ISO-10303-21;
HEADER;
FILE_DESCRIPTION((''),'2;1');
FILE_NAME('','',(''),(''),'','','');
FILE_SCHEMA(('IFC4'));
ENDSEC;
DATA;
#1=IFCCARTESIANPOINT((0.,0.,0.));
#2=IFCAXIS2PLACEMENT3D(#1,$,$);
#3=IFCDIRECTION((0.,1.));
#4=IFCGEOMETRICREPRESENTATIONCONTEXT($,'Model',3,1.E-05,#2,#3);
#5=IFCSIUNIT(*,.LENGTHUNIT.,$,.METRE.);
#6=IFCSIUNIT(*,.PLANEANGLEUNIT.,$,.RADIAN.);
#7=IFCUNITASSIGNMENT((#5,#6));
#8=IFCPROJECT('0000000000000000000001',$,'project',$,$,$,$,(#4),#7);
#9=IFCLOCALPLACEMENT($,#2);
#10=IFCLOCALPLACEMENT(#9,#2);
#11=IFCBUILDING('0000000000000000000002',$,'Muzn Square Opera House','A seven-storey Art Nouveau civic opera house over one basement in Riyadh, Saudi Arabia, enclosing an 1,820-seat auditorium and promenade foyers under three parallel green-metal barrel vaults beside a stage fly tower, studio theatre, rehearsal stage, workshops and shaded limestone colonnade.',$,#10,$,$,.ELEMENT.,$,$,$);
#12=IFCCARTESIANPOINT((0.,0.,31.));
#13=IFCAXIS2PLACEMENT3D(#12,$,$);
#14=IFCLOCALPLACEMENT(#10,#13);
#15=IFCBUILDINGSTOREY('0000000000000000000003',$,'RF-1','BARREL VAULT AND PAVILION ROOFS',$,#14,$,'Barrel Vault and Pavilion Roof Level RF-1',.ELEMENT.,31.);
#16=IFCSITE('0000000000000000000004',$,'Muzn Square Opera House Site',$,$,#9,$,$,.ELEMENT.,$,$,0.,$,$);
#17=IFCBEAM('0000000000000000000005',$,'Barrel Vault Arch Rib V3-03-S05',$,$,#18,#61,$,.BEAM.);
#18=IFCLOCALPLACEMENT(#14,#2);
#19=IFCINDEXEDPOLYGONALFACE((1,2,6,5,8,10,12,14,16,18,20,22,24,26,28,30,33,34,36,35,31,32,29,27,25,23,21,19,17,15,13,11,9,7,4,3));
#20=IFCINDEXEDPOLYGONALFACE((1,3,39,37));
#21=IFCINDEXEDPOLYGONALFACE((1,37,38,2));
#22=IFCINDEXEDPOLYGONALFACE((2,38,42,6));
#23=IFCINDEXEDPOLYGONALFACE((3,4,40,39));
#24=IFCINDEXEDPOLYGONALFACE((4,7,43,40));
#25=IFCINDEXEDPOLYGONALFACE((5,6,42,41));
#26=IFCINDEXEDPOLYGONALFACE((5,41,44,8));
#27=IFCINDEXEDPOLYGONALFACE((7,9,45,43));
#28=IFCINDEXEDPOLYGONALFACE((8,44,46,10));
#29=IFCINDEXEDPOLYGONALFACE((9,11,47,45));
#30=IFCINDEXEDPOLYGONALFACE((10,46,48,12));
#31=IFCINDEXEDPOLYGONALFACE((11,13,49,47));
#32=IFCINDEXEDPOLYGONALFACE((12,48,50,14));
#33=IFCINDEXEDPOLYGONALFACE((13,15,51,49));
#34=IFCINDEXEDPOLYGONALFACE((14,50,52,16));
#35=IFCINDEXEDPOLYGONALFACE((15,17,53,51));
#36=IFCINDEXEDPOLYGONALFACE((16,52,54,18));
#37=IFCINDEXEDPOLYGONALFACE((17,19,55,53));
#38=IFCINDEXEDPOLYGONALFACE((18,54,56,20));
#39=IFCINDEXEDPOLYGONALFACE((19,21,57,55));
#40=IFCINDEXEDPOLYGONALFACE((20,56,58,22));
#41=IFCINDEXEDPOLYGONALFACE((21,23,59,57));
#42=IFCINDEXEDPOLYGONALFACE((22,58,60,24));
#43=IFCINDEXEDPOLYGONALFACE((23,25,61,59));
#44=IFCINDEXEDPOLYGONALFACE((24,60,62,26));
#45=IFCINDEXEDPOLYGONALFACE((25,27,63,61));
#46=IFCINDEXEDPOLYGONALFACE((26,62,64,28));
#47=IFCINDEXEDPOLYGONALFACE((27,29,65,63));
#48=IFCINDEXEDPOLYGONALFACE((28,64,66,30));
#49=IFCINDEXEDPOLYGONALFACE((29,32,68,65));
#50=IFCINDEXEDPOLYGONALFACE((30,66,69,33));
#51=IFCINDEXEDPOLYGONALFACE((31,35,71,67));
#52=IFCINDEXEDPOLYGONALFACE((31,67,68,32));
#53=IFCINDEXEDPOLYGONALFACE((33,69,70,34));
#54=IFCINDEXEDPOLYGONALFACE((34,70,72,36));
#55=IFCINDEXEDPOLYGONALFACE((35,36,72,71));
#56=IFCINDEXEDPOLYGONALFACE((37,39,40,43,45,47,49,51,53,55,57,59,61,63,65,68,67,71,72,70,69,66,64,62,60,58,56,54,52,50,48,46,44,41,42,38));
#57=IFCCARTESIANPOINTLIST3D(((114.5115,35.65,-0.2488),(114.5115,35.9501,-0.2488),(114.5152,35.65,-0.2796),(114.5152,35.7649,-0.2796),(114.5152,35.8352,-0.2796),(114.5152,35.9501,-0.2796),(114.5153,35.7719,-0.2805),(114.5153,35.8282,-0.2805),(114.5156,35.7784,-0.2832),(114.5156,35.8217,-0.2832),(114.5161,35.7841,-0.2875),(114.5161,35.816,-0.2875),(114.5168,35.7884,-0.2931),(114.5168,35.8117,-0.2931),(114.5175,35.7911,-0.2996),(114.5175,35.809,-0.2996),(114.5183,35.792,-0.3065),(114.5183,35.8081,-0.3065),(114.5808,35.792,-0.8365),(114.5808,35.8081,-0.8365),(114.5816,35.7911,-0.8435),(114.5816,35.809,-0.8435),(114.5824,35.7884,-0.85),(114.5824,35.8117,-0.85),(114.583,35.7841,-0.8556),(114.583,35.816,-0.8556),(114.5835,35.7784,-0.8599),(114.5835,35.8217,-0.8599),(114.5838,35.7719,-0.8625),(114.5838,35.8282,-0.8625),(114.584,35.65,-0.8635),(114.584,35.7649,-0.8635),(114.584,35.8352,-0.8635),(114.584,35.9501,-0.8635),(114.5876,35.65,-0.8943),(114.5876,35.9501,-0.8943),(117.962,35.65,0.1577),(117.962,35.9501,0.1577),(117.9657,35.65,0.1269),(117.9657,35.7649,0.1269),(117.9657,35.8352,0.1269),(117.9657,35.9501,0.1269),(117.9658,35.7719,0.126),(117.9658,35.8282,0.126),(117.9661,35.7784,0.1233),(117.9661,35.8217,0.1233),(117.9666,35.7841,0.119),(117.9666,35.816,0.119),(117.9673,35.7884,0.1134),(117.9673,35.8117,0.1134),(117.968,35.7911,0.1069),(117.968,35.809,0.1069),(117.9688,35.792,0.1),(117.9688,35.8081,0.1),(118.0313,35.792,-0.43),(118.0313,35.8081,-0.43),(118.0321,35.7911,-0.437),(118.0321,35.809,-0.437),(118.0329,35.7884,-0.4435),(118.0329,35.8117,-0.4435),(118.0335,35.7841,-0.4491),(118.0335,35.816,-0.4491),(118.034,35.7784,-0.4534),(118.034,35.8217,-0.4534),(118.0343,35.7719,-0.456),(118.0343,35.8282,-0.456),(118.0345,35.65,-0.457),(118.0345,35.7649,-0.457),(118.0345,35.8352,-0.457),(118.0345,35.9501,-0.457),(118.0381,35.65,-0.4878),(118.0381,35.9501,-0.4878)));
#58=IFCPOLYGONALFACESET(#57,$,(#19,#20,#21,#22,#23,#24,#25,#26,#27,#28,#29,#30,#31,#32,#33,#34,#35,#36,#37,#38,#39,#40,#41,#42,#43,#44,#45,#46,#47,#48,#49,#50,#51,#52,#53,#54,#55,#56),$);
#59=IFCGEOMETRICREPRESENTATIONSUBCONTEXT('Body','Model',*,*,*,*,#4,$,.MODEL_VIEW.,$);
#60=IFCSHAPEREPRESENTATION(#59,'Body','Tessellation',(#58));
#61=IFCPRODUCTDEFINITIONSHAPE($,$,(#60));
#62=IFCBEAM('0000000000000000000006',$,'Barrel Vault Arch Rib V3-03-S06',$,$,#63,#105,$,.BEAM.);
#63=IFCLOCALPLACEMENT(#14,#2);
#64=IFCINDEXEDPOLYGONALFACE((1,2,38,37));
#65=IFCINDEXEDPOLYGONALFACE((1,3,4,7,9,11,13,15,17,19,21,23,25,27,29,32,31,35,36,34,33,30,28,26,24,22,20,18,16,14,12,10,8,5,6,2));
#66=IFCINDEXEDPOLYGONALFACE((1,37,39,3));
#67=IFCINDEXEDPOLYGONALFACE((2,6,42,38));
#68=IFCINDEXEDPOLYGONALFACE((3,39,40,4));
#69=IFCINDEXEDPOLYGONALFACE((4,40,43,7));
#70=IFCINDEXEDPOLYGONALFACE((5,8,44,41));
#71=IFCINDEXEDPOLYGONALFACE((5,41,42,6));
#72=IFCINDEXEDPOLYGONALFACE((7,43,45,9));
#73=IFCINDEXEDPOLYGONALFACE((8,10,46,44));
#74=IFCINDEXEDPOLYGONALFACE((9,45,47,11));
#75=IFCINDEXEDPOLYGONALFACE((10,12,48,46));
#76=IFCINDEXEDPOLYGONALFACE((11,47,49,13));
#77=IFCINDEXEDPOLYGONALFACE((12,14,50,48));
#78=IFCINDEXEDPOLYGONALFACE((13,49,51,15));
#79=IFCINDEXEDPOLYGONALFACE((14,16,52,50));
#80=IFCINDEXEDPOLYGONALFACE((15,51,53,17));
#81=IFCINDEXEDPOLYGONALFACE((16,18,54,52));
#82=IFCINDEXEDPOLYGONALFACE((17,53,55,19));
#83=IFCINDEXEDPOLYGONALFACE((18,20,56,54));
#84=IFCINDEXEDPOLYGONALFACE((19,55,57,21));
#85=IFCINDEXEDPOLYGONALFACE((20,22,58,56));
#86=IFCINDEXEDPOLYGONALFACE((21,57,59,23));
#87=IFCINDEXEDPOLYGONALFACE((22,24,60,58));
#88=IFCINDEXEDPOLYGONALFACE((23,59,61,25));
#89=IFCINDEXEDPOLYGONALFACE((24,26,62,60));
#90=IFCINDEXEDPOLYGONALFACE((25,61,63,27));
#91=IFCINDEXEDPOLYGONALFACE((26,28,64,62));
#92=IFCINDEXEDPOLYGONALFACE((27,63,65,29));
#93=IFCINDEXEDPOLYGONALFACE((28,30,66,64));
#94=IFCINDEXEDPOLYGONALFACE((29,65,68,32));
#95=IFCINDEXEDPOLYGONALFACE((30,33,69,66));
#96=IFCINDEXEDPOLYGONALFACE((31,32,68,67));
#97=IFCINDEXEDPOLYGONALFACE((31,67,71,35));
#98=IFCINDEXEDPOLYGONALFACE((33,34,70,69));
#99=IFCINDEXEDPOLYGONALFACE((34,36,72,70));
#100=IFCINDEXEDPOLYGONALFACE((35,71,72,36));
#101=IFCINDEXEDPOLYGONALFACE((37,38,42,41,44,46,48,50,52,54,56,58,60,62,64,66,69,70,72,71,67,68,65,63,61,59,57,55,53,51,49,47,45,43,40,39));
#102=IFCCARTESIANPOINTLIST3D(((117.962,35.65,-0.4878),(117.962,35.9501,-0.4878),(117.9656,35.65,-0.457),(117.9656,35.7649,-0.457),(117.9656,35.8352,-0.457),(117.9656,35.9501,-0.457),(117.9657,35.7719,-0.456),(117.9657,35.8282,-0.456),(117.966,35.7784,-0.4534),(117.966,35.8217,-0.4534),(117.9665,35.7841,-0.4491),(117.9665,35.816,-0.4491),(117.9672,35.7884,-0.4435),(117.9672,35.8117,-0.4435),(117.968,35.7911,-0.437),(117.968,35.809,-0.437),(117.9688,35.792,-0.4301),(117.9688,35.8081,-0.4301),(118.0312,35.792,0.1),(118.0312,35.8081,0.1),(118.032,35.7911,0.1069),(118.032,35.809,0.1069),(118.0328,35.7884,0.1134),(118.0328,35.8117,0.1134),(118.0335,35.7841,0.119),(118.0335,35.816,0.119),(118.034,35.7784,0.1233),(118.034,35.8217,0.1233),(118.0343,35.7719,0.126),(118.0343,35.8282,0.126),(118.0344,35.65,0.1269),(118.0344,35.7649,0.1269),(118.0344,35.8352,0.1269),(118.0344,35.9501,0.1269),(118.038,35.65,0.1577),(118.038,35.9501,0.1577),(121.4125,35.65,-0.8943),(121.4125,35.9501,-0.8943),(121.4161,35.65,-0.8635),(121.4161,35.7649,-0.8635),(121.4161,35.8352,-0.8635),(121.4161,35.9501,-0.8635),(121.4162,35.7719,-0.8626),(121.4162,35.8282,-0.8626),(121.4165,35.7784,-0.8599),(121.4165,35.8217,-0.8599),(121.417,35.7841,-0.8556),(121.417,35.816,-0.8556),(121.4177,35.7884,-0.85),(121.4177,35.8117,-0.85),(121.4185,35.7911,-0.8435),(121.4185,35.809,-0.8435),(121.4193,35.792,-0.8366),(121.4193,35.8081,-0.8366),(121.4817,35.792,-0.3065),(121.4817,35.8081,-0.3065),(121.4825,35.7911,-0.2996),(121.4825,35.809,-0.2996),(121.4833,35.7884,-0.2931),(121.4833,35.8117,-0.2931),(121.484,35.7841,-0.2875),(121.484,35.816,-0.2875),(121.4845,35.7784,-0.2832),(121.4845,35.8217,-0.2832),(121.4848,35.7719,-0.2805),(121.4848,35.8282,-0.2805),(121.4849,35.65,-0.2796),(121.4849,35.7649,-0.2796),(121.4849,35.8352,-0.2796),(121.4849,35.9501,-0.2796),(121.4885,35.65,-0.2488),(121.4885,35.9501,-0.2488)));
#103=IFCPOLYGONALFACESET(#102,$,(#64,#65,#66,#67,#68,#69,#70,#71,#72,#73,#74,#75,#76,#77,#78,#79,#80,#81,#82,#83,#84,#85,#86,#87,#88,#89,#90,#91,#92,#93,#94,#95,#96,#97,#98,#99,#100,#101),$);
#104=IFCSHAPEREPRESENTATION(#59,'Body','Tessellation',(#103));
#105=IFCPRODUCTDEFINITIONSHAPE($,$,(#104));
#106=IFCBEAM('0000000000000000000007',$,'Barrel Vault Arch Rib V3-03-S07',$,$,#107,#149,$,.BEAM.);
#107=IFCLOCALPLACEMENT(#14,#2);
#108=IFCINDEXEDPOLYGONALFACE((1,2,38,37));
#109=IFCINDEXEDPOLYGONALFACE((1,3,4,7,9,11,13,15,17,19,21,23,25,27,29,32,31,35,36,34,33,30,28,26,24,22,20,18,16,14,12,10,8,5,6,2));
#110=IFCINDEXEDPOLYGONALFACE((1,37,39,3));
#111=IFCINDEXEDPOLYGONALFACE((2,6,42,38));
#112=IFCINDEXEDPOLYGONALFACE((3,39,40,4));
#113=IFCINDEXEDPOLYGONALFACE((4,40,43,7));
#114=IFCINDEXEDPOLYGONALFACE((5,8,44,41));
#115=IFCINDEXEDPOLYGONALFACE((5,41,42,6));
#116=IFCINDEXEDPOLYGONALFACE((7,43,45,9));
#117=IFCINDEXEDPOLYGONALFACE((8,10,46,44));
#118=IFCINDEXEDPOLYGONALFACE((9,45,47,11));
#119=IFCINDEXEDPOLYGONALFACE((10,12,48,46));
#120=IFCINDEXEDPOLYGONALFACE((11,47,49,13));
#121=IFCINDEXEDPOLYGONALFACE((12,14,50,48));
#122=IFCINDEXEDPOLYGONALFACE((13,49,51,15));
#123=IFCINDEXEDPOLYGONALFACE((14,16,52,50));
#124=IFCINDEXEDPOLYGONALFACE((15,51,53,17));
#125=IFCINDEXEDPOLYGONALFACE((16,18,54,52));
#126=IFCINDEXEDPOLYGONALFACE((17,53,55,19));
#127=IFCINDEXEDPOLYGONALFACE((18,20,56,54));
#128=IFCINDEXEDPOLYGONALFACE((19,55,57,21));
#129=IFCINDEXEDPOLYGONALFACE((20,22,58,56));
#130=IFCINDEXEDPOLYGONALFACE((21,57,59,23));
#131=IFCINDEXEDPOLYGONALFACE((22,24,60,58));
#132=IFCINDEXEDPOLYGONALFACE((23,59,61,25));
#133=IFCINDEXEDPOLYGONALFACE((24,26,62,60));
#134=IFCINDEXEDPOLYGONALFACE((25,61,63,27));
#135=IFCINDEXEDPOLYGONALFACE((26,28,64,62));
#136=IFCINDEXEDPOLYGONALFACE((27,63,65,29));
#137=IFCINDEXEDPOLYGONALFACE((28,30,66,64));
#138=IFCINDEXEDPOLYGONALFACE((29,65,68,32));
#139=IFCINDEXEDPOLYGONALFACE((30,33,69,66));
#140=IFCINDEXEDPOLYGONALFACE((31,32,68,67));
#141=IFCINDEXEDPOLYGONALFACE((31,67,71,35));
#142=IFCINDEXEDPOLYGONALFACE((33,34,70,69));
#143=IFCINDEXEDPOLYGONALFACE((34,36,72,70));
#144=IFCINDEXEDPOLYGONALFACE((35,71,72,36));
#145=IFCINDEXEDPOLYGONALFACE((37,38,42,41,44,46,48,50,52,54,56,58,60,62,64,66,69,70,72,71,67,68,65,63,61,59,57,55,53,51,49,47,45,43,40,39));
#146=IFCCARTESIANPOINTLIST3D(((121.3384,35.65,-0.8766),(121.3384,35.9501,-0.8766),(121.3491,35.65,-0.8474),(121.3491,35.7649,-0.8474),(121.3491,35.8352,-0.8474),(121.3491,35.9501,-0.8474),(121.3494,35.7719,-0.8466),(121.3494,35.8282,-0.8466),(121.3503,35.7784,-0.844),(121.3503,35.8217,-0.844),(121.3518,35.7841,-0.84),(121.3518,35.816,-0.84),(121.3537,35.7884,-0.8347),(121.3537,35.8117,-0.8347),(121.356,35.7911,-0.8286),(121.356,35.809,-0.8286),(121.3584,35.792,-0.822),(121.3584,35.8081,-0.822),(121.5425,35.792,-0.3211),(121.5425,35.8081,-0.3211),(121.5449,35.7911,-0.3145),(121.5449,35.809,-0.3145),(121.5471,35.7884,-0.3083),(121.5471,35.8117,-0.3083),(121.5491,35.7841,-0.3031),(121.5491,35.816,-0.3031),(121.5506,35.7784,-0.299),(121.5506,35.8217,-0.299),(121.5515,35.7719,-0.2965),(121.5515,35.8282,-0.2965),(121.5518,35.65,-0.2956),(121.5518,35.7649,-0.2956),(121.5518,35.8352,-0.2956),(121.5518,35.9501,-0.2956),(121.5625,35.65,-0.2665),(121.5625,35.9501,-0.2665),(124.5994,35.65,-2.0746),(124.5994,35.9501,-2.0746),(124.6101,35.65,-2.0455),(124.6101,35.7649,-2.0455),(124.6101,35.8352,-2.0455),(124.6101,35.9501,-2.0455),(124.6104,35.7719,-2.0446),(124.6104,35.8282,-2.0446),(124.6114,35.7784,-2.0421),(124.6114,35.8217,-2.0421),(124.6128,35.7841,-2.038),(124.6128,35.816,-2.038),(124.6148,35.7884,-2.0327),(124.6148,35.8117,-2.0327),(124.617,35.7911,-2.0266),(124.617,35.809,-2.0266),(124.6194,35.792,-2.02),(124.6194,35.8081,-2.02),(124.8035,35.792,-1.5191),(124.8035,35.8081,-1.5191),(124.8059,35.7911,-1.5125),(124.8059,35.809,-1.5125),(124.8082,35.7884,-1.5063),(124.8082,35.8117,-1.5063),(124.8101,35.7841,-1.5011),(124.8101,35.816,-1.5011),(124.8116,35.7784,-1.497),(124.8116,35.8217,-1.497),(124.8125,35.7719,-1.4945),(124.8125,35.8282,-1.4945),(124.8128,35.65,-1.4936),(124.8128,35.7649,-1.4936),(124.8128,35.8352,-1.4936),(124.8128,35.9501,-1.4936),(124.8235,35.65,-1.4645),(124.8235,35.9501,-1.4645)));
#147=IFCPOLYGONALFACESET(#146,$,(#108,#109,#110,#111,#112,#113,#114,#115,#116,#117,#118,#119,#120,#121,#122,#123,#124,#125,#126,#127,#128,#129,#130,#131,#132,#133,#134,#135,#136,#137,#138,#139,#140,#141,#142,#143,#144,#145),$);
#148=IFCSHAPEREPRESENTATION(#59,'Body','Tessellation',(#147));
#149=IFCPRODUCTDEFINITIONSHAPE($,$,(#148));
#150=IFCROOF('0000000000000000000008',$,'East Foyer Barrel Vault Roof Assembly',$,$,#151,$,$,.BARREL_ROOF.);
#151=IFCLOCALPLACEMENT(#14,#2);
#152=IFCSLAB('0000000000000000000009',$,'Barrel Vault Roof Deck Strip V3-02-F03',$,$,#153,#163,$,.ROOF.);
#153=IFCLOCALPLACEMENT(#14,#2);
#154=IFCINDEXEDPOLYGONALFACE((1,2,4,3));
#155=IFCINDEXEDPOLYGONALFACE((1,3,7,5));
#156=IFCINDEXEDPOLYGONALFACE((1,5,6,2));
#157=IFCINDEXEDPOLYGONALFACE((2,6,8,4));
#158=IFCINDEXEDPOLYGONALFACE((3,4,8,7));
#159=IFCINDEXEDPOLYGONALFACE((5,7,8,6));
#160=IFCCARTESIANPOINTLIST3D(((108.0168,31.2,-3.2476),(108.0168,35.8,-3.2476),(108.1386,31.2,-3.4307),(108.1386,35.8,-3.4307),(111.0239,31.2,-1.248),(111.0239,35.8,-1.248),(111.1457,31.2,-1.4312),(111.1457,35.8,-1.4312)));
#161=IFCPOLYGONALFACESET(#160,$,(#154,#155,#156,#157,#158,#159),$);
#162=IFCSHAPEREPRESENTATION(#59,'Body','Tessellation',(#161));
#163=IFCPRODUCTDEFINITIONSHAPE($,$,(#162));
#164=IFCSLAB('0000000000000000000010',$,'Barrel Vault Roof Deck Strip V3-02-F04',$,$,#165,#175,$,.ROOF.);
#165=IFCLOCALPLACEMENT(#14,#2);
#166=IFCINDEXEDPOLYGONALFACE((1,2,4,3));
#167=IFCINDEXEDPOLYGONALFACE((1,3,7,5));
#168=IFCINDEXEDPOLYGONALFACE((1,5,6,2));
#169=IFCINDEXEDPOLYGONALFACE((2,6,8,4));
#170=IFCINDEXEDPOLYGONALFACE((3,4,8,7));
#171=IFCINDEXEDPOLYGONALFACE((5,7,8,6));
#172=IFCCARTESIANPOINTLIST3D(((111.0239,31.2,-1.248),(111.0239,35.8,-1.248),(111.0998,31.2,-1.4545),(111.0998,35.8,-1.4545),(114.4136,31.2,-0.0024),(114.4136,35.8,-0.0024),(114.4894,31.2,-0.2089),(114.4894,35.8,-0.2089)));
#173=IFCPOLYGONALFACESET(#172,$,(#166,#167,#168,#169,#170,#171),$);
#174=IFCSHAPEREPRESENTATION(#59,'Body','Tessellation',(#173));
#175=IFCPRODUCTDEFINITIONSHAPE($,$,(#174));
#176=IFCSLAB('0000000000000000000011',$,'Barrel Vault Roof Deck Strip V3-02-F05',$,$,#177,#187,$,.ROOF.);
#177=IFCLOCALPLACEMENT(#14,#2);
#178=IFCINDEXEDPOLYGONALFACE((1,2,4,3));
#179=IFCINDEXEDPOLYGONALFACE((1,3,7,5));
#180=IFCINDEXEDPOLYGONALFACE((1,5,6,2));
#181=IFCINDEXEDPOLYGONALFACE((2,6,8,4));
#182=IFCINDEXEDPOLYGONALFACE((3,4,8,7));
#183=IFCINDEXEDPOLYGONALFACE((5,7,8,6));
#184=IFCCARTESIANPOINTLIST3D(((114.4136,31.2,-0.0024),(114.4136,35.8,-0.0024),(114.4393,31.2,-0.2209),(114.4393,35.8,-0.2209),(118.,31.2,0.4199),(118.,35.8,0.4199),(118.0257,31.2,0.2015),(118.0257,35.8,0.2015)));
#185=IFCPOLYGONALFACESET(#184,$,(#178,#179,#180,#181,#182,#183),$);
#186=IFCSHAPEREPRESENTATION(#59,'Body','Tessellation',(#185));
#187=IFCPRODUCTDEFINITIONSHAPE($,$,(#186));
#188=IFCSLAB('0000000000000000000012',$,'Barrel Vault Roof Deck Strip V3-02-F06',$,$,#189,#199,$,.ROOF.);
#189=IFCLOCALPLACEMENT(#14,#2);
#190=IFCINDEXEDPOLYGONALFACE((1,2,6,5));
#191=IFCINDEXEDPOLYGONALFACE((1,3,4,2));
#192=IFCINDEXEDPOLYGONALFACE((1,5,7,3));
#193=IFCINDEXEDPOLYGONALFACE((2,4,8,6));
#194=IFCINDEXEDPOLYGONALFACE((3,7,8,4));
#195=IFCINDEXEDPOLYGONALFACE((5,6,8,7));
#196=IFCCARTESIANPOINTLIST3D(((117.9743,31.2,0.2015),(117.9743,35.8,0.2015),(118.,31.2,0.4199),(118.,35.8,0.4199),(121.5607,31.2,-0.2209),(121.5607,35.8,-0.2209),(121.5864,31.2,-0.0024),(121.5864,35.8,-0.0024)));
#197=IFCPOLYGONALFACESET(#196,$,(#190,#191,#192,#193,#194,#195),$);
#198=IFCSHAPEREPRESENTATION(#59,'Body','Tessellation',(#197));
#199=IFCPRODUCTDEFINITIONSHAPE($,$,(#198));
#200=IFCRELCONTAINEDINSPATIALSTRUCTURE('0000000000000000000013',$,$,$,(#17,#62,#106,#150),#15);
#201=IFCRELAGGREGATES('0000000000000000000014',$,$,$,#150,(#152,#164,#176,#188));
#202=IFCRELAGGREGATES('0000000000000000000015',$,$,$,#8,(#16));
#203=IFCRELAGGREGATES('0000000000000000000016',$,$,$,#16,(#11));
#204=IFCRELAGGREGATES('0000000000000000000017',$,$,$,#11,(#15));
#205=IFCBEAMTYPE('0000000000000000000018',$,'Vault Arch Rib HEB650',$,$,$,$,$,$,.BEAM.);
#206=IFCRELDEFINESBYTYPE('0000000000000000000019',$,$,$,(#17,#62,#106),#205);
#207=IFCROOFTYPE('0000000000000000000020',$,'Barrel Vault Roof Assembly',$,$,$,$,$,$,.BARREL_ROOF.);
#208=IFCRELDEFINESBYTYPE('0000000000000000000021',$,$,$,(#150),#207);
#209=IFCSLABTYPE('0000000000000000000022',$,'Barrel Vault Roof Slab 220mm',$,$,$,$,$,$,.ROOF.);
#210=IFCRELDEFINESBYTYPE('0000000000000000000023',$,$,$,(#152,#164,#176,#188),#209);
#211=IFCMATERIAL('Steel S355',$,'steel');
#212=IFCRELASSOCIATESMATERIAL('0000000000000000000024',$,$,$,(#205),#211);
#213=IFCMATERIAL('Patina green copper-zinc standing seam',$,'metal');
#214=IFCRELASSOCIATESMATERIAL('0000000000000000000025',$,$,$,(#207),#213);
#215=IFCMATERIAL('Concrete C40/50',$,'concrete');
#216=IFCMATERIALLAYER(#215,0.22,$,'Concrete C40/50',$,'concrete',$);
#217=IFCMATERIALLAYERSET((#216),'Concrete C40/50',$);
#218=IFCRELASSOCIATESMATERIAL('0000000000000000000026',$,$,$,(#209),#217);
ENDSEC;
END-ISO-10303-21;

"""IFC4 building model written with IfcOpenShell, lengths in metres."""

from ifc_helpers import new_model, si_unit, direction, frame, origin, origin_2d, place, context, subcontext, project, spatial, polyline, i_section, outline, extrude, material, layer, layer_set, material_profile, profile_set, type_object, element, aggregate, save


model = new_model("IFC4")

# Units and contexts
model_context = context("Model", 3, precision=1e-05, world=origin(), true_north=direction((0.0, 1.0)))
body_context = subcontext(model_context, "Body", "Model", "MODEL_VIEW")
ifc_project = project(units=[si_unit("LENGTHUNIT", "METRE"), si_unit("PLANEANGLEUNIT", "RADIAN")], contexts=[model_context])

# Site, building, storey
site_placement = place(None, origin())
site = spatial("IfcSite", under=ifc_project, at=site_placement, Name="Muzn Square Opera House Site", CompositionType="ELEMENT", RefElevation=0.0)
building_placement = place(site_placement, origin())
building = spatial("IfcBuilding", under=site, at=building_placement, Name="Muzn Square Opera House", Description="A seven-storey Art Nouveau civic opera house over one basement in Riyadh, Saudi Arabia, enclosing an 1,820-seat auditorium and promenade foyers under three parallel green-metal barrel vaults beside a stage fly tower, studio theatre, rehearsal stage, workshops and shaded limestone colonnade.", CompositionType="ELEMENT")
storey_placement = place(building_placement, frame((0.0, 0.0, 31.0)))
storey = spatial("IfcBuildingStorey", under=building, at=storey_placement, Name="RF-1", Description="BARREL VAULT AND PAVILION ROOFS", LongName="Barrel Vault and Pavilion Roof Level RF-1", CompositionType="ELEMENT", Elevation=31.0)

# Beams
ifc_material_1 = material(Name="Steel S355", Category="steel")
ifc_material_profile_1 = material_profile(ifc_material_1, i_section(OverallWidth=0.3, OverallDepth=0.6499, WebThickness=0.0161, FlangeThickness=0.031, FilletRadius=0.0271, at=origin_2d()), Name="HEB 650", Category="steel")
ifc_profile_set_1 = profile_set([ifc_material_profile_1], Name="Steel S355")
beam_type_1 = type_object("IfcBeamType", Name="Vault Arch Rib HEB650", PredefinedType="BEAM", material=ifc_profile_set_1)
for number, where, z_axis, x_axis, name in (
    (1, (114.5496, 35.8, -0.5715), (0.993132, 0.0, 0.117), (0.0, 1.0, 0.0), "Barrel Vault Arch Rib V3-03-S05"),
    (2, (118.0, 35.8, -0.165), (0.993132, 0.0, -0.117), (0.0, 1.0, 0.0), "Barrel Vault Arch Rib V3-03-S06"),
):
    element("IfcBeam", number, at=place(storey_placement, frame(where, z_axis=z_axis, x_axis=x_axis)), inside=storey, type_object=beam_type_1, Name=name, PredefinedType="BEAM", context=body_context, shape_type="SweptSolid", body=[
        extrude(i_section(OverallWidth=0.3, OverallDepth=0.6499, WebThickness=0.0161, FlangeThickness=0.031, FilletRadius=0.0271, at=origin_2d()), origin(), (0.0, 0.0, 1.0), 3.4744),
    ])
beam_1_placement = place(storey_placement, frame((121.4504, 35.8, -0.5715), z_axis=(0.938662, 0.0, -0.344839), x_axis=(0.0, 1.0, 0.0)))
element("IfcBeam", 3, at=beam_1_placement, inside=storey, type_object=beam_type_1, Name="Barrel Vault Arch Rib V3-03-S07", PredefinedType="BEAM", context=body_context, shape_type="SweptSolid", body=[
    extrude(i_section(OverallWidth=0.3, OverallDepth=0.6499, WebThickness=0.0161, FlangeThickness=0.031, FilletRadius=0.0271, at=origin_2d()), origin(), (0.0, 0.0, 1.0), 3.4741),
])

# Roof, slabs
ifc_material_2 = material(Name="Patina green copper-zinc standing seam", Category="metal")
roof_type = type_object("IfcRoofType", Name="Barrel Vault Roof Assembly", PredefinedType="BARREL_ROOF", material=ifc_material_2)
roof_placement = place(storey_placement, origin())
roof = element("IfcRoof", 4, at=roof_placement, inside=storey, type_object=roof_type, Name="East Foyer Barrel Vault Roof Assembly", PredefinedType="BARREL_ROOF")
ifc_material_3 = material(Name="Concrete C40/50", Category="concrete")
ifc_layer_1 = layer(ifc_material_3, 0.22, Name="Concrete C40/50", Category="concrete")
ifc_layer_set_1 = layer_set([ifc_layer_1], Name="Concrete C40/50")
slab_type = type_object("IfcSlabType", Name="Barrel Vault Roof Slab 220mm", PredefinedType="ROOF", material=ifc_layer_set_1)
slab_1_placement = place(storey_placement, frame((111.0239, 31.2, -1.248), z_axis=(-0.553701, 0.0, 0.832715), x_axis=(0.0, 1.0, 0.0)))
slab_1 = element("IfcSlab", 5, at=slab_1_placement, type_object=slab_type, Name="Barrel Vault Roof Deck Strip V3-02-F03", PredefinedType="ROOF", context=body_context, shape_type="SweptSolid", body=[
    extrude(outline(polyline([(0.0, 3.6112), (0.0, 0.0), (4.6001, 0.0), (4.6001, 3.6112), (0.0, 3.6112)])), origin(), (0.0, 0.0, -1.0), 0.22),
])
slab_2_placement = place(storey_placement, frame((114.4136, 31.2, -0.0024), z_axis=(-0.344922, 0.0, 0.938631), x_axis=(0.0, 1.0, 0.0)))
slab_2 = element("IfcSlab", 6, at=slab_2_placement, type_object=slab_type, Name="Barrel Vault Roof Deck Strip V3-02-F04", PredefinedType="ROOF", context=body_context, shape_type="SweptSolid", body=[
    extrude(outline(polyline([(0.0, 3.6113), (0.0, 0.0), (4.6001, 0.0), (4.6001, 3.6113), (0.0, 3.6113)])), origin(), (0.0, 0.0, -1.0), 0.22),
])
slab_3_placement = place(storey_placement, frame((118.0, 31.2, 0.4199), z_axis=(-0.116959, 0.0, 0.993137), x_axis=(0.0, 1.0, 0.0)))
slab_3 = element("IfcSlab", 7, at=slab_3_placement, type_object=slab_type, Name="Barrel Vault Roof Deck Strip V3-02-F05", PredefinedType="ROOF", context=body_context, shape_type="SweptSolid", body=[
    extrude(outline(polyline([(0.0, 3.6112), (0.0, 0.0), (4.6001, 0.0), (4.6001, 3.6112), (0.0, 3.6112)])), origin(), (0.0, 0.0, -1.0), 0.22),
])
slab_4_placement = place(storey_placement, frame((118.0, 31.2, 0.4199), z_axis=(0.116959, 0.0, 0.993137), x_axis=(0.993137, 0.0, -0.116959)))
slab_4 = element("IfcSlab", 8, at=slab_4_placement, type_object=slab_type, Name="Barrel Vault Roof Deck Strip V3-02-F06", PredefinedType="ROOF", context=body_context, shape_type="SweptSolid", body=[
    extrude(outline(polyline([(0.0, 0.0), (3.6112, 0.0), (3.6112, 4.6001), (0.0, 4.6001), (0.0, 0.0)])), origin(), (0.0, 0.0, -1.0), 0.22),
])
aggregate(roof, [slab_1, slab_2, slab_3, slab_4])

save(model, "model.ifc")
